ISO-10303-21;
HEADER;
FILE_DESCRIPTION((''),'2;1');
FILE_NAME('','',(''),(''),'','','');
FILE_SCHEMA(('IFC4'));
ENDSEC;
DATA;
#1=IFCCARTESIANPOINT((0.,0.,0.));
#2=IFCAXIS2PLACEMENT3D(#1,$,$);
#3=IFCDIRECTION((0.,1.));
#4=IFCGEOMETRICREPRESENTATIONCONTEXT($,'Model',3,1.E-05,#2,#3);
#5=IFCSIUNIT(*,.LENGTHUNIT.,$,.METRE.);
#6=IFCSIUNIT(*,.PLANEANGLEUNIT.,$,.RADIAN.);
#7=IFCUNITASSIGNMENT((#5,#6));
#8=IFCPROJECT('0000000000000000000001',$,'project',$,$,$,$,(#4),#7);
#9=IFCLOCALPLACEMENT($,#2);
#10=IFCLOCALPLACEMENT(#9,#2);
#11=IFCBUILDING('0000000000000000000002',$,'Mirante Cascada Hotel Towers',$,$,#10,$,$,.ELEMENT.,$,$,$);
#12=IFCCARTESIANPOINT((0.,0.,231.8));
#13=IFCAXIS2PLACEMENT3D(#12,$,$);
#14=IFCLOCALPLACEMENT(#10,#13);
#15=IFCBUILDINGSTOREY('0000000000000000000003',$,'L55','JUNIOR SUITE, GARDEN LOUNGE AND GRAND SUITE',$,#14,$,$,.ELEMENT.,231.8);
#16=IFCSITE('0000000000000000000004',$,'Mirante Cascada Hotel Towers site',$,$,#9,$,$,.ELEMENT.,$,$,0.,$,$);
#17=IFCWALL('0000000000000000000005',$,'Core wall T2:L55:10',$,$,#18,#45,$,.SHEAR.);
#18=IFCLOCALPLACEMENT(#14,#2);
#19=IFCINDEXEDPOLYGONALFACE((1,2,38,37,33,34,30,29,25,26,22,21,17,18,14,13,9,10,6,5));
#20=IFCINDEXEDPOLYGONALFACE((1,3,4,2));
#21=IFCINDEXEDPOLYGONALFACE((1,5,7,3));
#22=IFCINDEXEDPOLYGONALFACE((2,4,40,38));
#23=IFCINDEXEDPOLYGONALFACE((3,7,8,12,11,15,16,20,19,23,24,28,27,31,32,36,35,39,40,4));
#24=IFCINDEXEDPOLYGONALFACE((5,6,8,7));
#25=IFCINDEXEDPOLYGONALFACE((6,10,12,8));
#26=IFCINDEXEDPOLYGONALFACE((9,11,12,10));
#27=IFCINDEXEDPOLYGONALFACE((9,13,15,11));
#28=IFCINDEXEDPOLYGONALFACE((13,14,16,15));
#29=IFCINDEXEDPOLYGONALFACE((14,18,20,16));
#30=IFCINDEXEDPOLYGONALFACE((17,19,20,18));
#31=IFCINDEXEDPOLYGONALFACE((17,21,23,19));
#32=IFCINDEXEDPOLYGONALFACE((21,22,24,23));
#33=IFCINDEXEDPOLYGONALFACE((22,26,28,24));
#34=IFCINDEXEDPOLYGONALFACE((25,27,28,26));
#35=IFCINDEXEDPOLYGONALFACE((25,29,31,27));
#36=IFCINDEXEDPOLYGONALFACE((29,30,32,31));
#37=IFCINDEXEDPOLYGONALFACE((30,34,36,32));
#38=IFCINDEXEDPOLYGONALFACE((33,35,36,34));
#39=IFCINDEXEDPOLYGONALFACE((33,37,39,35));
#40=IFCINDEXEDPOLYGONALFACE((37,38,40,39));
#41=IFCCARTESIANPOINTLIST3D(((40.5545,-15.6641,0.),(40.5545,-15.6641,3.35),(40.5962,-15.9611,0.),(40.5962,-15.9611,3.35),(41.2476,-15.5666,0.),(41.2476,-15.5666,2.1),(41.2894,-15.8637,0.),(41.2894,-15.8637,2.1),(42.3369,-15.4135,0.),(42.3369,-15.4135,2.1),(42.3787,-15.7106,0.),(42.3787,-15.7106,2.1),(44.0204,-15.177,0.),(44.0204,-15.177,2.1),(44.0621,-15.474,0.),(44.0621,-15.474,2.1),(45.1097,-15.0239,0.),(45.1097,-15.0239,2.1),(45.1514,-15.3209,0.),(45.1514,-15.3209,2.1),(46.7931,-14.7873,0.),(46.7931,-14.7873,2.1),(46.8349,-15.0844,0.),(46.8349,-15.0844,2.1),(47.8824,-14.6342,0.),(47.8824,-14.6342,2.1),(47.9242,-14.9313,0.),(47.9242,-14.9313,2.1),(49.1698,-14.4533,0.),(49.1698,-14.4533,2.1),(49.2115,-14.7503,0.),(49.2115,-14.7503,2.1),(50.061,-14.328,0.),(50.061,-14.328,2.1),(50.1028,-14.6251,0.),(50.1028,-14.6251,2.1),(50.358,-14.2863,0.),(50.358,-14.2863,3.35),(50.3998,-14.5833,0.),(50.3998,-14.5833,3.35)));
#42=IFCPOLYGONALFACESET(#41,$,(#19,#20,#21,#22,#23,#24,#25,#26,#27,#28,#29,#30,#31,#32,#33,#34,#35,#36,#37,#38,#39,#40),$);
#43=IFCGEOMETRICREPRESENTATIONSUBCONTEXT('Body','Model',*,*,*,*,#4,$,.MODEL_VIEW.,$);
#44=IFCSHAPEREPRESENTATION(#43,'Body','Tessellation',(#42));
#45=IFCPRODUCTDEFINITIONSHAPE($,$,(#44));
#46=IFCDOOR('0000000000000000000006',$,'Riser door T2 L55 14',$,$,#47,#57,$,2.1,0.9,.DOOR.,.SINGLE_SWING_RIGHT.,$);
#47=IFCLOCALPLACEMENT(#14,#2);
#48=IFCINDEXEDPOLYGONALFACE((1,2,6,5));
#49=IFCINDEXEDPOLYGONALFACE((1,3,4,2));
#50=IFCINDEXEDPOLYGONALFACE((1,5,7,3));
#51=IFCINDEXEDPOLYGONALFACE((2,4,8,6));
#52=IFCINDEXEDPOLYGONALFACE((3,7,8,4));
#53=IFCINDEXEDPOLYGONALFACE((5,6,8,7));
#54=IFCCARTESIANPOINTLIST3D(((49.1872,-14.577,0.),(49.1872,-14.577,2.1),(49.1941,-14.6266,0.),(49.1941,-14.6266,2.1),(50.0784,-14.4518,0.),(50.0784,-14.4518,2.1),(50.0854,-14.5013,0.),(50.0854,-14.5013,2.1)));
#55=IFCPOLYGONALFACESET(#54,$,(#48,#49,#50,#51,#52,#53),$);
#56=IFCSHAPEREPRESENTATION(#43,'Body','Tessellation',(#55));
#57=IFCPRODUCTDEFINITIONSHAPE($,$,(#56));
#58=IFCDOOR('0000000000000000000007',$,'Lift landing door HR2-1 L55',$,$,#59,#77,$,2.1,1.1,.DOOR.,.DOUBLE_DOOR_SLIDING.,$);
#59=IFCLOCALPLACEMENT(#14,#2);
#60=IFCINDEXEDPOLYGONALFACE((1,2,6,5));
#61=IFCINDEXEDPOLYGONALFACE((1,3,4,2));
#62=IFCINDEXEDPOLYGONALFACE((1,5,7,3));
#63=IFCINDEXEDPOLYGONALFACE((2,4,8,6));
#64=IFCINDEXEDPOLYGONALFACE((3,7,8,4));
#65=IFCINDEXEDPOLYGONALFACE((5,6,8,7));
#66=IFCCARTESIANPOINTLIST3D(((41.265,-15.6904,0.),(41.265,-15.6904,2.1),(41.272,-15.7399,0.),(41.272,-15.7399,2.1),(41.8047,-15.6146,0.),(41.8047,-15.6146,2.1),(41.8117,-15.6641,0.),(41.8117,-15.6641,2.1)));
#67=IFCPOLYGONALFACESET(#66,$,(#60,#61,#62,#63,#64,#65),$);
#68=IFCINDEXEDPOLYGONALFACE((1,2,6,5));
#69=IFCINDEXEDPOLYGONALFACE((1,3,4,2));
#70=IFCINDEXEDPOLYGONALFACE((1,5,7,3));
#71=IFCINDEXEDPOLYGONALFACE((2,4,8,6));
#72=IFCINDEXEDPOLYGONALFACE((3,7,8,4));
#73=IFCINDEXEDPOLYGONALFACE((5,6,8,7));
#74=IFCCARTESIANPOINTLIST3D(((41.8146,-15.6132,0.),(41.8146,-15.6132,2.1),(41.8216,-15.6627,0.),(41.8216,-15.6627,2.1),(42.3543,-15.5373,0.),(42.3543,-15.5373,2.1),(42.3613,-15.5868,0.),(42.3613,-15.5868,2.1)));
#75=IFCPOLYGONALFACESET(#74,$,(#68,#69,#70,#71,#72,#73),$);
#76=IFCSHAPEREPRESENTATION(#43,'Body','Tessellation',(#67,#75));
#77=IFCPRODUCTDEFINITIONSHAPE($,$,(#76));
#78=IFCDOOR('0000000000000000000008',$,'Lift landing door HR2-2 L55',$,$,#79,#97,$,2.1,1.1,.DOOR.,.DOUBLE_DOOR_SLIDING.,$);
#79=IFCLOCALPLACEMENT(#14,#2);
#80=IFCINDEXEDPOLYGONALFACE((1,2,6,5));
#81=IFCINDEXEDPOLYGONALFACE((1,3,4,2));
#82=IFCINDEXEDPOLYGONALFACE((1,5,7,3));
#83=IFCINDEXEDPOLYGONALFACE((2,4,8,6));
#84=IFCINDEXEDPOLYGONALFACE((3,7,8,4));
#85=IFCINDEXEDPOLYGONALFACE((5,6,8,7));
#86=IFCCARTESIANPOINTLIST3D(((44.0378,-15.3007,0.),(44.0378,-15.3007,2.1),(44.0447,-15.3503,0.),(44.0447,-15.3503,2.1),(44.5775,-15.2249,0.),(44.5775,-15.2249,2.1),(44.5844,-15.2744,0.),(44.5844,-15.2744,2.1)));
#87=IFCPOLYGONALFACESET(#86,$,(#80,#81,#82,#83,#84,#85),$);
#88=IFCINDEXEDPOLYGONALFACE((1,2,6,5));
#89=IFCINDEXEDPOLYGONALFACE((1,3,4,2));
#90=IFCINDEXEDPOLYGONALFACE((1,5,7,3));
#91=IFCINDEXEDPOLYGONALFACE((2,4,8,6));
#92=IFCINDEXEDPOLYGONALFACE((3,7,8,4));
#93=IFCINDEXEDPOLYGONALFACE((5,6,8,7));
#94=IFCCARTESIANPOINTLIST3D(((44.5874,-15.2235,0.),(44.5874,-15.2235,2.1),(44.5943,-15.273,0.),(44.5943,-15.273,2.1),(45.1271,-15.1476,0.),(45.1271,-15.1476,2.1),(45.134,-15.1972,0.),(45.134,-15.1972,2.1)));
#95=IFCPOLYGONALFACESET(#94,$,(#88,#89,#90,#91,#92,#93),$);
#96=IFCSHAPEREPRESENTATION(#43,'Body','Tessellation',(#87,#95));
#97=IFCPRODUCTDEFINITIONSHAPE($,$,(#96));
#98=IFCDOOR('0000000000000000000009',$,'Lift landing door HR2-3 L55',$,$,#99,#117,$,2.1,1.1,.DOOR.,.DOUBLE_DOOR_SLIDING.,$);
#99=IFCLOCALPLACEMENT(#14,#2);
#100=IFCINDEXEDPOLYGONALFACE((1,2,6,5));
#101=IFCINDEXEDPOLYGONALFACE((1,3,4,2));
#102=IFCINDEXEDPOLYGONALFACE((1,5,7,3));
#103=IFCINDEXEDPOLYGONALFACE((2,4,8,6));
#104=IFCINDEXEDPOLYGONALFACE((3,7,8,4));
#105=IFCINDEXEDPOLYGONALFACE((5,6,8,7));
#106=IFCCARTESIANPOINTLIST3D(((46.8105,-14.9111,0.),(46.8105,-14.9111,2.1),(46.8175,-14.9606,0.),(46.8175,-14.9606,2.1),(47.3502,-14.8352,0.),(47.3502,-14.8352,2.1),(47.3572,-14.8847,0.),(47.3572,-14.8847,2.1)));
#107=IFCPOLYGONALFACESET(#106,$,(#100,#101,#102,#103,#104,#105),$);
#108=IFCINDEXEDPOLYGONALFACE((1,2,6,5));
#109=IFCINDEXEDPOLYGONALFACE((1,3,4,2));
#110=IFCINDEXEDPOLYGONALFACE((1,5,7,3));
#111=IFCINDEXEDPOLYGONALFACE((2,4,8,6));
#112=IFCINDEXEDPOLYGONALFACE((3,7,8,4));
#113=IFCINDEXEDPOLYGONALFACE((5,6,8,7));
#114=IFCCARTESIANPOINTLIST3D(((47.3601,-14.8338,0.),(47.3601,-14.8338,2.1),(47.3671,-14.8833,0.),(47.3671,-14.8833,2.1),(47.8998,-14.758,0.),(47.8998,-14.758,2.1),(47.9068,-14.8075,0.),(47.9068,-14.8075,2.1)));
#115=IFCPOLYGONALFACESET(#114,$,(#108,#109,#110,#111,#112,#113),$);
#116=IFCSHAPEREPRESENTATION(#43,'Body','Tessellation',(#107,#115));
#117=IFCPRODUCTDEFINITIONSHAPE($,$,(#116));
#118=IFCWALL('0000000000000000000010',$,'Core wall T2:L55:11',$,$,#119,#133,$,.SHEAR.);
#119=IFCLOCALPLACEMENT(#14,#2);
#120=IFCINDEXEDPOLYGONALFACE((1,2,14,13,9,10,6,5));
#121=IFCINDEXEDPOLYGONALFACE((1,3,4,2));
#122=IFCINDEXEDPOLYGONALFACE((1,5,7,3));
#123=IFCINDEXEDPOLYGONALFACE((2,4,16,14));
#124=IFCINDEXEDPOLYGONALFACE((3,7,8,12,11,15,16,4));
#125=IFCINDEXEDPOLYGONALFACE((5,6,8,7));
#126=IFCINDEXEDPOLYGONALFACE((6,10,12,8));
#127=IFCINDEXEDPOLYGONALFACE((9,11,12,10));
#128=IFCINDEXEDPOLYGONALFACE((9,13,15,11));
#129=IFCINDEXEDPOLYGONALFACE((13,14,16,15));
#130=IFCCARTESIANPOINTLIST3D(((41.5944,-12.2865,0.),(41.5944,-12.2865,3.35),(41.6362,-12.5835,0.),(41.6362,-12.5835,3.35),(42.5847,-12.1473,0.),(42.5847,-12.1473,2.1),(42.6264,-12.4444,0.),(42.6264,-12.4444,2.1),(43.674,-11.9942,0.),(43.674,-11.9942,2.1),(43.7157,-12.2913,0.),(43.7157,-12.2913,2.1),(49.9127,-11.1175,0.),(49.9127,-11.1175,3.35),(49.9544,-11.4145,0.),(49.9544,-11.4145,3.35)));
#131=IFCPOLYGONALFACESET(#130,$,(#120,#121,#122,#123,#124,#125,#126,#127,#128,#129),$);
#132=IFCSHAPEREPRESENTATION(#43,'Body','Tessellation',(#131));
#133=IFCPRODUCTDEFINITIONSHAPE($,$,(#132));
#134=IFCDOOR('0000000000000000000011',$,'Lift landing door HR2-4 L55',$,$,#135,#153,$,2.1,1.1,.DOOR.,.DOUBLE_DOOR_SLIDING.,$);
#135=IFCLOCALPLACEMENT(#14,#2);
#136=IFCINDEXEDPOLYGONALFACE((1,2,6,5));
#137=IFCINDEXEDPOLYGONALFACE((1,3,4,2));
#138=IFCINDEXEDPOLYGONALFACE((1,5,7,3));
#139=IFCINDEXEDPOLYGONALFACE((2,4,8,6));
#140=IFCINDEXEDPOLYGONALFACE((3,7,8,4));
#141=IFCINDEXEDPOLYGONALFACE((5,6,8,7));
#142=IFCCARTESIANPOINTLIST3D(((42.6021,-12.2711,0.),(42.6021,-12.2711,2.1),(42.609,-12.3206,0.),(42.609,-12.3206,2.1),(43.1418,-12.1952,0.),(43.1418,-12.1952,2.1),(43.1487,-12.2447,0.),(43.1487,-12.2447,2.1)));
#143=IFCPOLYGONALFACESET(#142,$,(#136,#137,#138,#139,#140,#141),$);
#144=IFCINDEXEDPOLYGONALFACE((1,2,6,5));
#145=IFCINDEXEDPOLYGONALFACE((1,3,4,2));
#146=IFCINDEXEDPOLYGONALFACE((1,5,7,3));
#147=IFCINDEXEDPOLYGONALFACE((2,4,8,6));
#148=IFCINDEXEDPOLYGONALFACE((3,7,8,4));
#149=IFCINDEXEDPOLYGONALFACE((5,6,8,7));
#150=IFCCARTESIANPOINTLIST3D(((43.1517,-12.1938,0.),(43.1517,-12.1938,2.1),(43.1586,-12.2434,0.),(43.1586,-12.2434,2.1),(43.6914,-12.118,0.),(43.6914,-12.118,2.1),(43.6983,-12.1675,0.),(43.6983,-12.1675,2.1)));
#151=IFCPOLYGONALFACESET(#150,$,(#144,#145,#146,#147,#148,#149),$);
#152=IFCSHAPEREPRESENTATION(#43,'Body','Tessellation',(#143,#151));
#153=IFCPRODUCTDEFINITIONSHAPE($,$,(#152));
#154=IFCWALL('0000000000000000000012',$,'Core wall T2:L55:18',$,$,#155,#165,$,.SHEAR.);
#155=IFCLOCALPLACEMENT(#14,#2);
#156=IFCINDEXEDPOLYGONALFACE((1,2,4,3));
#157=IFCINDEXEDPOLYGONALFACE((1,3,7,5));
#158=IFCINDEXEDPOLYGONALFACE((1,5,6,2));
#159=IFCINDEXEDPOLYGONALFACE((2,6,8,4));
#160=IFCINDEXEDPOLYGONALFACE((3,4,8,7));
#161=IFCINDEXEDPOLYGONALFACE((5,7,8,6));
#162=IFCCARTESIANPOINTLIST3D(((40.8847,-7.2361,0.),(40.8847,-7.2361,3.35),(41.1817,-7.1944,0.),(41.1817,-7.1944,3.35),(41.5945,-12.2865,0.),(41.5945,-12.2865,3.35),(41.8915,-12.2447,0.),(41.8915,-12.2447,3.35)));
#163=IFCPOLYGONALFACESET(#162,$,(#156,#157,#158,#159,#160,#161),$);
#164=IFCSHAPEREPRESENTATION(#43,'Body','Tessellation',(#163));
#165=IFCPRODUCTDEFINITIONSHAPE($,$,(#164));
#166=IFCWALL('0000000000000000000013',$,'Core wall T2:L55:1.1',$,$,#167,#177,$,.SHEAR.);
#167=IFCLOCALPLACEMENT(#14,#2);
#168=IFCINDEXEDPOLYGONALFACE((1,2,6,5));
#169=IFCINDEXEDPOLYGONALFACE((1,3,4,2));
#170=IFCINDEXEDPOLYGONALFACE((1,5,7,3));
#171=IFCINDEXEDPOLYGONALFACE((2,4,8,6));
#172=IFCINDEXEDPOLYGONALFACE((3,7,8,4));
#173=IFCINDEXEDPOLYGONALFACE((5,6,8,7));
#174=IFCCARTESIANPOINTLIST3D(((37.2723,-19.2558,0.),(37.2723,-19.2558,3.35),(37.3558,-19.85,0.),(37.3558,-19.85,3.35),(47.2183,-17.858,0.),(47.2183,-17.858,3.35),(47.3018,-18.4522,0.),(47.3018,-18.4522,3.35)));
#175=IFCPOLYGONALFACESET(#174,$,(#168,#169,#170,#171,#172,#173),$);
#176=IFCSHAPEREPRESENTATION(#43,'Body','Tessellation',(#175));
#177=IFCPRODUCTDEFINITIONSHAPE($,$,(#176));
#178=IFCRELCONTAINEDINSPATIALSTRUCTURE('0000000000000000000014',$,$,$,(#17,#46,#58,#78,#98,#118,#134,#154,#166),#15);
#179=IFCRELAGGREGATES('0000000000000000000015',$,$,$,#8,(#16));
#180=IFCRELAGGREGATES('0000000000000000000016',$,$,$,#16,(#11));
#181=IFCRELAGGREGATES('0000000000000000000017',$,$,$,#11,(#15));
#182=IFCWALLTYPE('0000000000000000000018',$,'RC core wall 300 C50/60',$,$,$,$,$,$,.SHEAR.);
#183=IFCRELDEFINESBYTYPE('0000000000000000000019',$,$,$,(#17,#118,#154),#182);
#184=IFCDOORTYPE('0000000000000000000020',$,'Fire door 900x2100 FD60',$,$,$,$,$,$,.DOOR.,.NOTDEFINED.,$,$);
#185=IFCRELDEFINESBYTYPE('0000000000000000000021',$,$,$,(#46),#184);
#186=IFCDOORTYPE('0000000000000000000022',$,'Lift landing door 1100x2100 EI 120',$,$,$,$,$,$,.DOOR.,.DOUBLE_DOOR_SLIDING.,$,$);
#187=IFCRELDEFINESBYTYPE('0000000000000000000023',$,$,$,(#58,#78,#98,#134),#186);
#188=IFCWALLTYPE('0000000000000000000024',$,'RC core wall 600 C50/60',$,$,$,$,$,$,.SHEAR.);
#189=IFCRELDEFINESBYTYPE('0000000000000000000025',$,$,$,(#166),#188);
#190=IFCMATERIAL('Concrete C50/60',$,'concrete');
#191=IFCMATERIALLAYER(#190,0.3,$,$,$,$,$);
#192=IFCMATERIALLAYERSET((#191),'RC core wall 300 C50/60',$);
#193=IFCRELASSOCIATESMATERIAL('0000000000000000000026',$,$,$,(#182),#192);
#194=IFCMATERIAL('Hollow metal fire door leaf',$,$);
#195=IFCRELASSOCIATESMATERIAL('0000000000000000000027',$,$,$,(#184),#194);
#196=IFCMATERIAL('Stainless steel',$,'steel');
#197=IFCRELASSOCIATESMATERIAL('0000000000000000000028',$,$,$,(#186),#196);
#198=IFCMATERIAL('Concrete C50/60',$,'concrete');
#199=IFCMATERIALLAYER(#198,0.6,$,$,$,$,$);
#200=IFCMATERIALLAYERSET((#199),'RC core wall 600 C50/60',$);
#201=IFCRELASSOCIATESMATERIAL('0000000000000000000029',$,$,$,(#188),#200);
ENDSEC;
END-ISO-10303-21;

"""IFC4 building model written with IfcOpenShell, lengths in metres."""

from ifc_helpers import new_model, si_unit, direction, frame, frame_2d, origin, place, context, subcontext, project, spatial, rectangle, extrude, material, layer, layer_set, type_object, element, fill, save


model = new_model("IFC4")

# Units and contexts
model_context = context("Model", 3, precision=1e-05, world=origin(), true_north=direction((0.0, 1.0)))
body_context = subcontext(model_context, "Body", "Model", "MODEL_VIEW")
ifc_project = project(units=[si_unit("LENGTHUNIT", "METRE"), si_unit("PLANEANGLEUNIT", "RADIAN")], contexts=[model_context])

# Site, building, storey
site_placement = place(None, origin())
site = spatial("IfcSite", under=ifc_project, at=site_placement, Name="Mirante Cascada Hotel Towers site", CompositionType="ELEMENT", RefElevation=0.0)
building_placement = place(site_placement, origin())
building = spatial("IfcBuilding", under=site, at=building_placement, Name="Mirante Cascada Hotel Towers", CompositionType="ELEMENT")
storey_placement = place(building_placement, frame((0.0, 0.0, 231.8)))
storey = spatial("IfcBuildingStorey", under=building, at=storey_placement, Name="L55", Description="JUNIOR SUITE, GARDEN LOUNGE AND GRAND SUITE", CompositionType="ELEMENT", Elevation=231.8)

# Shared definitions
ifc_material_1 = material(Name="Concrete C50/60", Category="concrete")
ifc_layer_1 = layer(ifc_material_1, 0.3)
ifc_layer_set_1 = layer_set([ifc_layer_1], Name="RC core wall 300 C50/60")
wall_type_1 = type_object("IfcWallType", Name="RC core wall 300 C50/60", PredefinedType="SHEAR", material=ifc_layer_set_1)

# Wall, openings, doors
wall_1_placement = place(storey_placement, frame((40.5753, -15.8126, 0.0), z_axis=(0.0, 0.0, 1.0), x_axis=(0.990268, 0.139173, 0.0)))
wall_1 = element("IfcWall", 1, at=wall_1_placement, inside=storey, type_object=wall_type_1, Name="Core wall T2:L55:10", PredefinedType="SHEAR", context=body_context, shape_type="SweptSolid", body=[
    extrude(rectangle(XDim=9.8999, YDim=0.3, at=frame_2d((4.95, 0.0))), origin(), (0.0, 0.0, 1.0), 3.35),
])
opening_1_placement = place(wall_1_placement, frame((0.7, 0.0, 0.0)))
opening_1 = element("IfcOpeningElement", 2, at=opening_1_placement, cuts=wall_1, PredefinedType="OPENING", context=body_context, shape_type="SweptSolid", body=[
    extrude(rectangle(XDim=1.1, YDim=2.1, at=frame_2d((0.55, 1.05))), frame((0.0, 0.15, 0.0), z_axis=(0.0, -1.0, 0.0), x_axis=(1.0, 0.0, 0.0)), (0.0, 0.0, 1.0), 0.3),
])
opening_2_placement = place(wall_1_placement, frame((3.5, 0.0, 0.0)))
opening_2 = element("IfcOpeningElement", 3, at=opening_2_placement, cuts=wall_1, PredefinedType="OPENING", context=body_context, shape_type="SweptSolid", body=[
    extrude(rectangle(XDim=1.1, YDim=2.1, at=frame_2d((0.55, 1.05))), frame((0.0, 0.15, 0.0), z_axis=(0.0, -1.0, 0.0), x_axis=(1.0, 0.0, 0.0)), (0.0, 0.0, 1.0), 0.3),
])
opening_3_placement = place(wall_1_placement, frame((6.3, 0.0, 0.0)))
opening_3 = element("IfcOpeningElement", 4, at=opening_3_placement, cuts=wall_1, PredefinedType="OPENING", context=body_context, shape_type="SweptSolid", body=[
    extrude(rectangle(XDim=1.1, YDim=2.1, at=frame_2d((0.55, 1.05))), frame((0.0, 0.15, 0.0), z_axis=(0.0, -1.0, 0.0), x_axis=(1.0, 0.0, 0.0)), (0.0, 0.0, 1.0), 0.3),
])
opening_4_placement = place(wall_1_placement, frame((8.7, 0.0, 0.0)))
opening_4 = element("IfcOpeningElement", 5, at=opening_4_placement, cuts=wall_1, PredefinedType="OPENING", context=body_context, shape_type="SweptSolid", body=[
    extrude(rectangle(XDim=0.9, YDim=2.1, at=frame_2d((0.45, 1.05))), frame((0.0, 0.15, 0.0), z_axis=(0.0, -1.0, 0.0), x_axis=(1.0, 0.0, 0.0)), (0.0, 0.0, 1.0), 0.3),
])
ifc_material_2 = material(Name="Hollow metal fire door leaf")
door_type_1 = type_object("IfcDoorType", Name="Fire door 900x2100 FD60", OperationType="NOTDEFINED", PredefinedType="DOOR", material=ifc_material_2)
door_1_placement = place(opening_4_placement, frame((0.9, 0.0, 0.0), z_axis=(0.0, 0.0, 1.0), x_axis=(-1.0, 0.0, 0.0)))
door_1 = element("IfcDoor", 6, at=door_1_placement, inside=storey, type_object=door_type_1, Name="Riser door T2 L55 14", OperationType="SINGLE_SWING_RIGHT", OverallHeight=2.1, OverallWidth=0.9, PredefinedType="DOOR", context=body_context, shape_type="SweptSolid", body=[
    extrude(rectangle(XDim=0.9, YDim=2.1, at=frame_2d((0.45, 1.05))), frame((0.0, 0.025, 0.0), z_axis=(0.0, -1.0, 0.0), x_axis=(1.0, 0.0, 0.0)), (0.0, 0.0, 1.0), 0.05),
])
fill(opening_4, door_1)
ifc_material_3 = material(Name="Stainless steel", Category="steel")
door_type_2 = type_object("IfcDoorType", Name="Lift landing door 1100x2100 EI 120", OperationType="DOUBLE_DOOR_SLIDING", PredefinedType="DOOR", material=ifc_material_3)
door_2_placement = place(opening_1_placement, origin())
door_2 = element("IfcDoor", 7, at=door_2_placement, inside=storey, type_object=door_type_2, Name="Lift landing door HR2-1 L55", OperationType="DOUBLE_DOOR_SLIDING", OverallHeight=2.1, OverallWidth=1.1, PredefinedType="DOOR", context=body_context, shape_type="SweptSolid", body=[
    extrude(rectangle(XDim=0.545, YDim=2.1, at=frame_2d((0.2725, 1.05))), frame((0.0, 0.025, 0.0), z_axis=(0.0, -1.0, 0.0), x_axis=(1.0, 0.0, 0.0)), (0.0, 0.0, 1.0), 0.05),
    extrude(rectangle(XDim=0.545, YDim=2.1, at=frame_2d((0.8275, 1.05))), frame((0.0, 0.025, 0.0), z_axis=(0.0, -1.0, 0.0), x_axis=(1.0, 0.0, 0.0)), (0.0, 0.0, 1.0), 0.05),
])
fill(opening_1, door_2)
door_3_placement = place(opening_2_placement, origin())
door_3 = element("IfcDoor", 8, at=door_3_placement, inside=storey, type_object=door_type_2, Name="Lift landing door HR2-2 L55", OperationType="DOUBLE_DOOR_SLIDING", OverallHeight=2.1, OverallWidth=1.1, PredefinedType="DOOR", context=body_context, shape_type="SweptSolid", body=[
    extrude(rectangle(XDim=0.545, YDim=2.1, at=frame_2d((0.2725, 1.05))), frame((0.0, 0.025, 0.0), z_axis=(0.0, -1.0, 0.0), x_axis=(1.0, 0.0, 0.0)), (0.0, 0.0, 1.0), 0.05),
    extrude(rectangle(XDim=0.545, YDim=2.1, at=frame_2d((0.8275, 1.05))), frame((0.0, 0.025, 0.0), z_axis=(0.0, -1.0, 0.0), x_axis=(1.0, 0.0, 0.0)), (0.0, 0.0, 1.0), 0.05),
])
fill(opening_2, door_3)
door_4_placement = place(opening_3_placement, origin())
door_4 = element("IfcDoor", 9, at=door_4_placement, inside=storey, type_object=door_type_2, Name="Lift landing door HR2-3 L55", OperationType="DOUBLE_DOOR_SLIDING", OverallHeight=2.1, OverallWidth=1.1, PredefinedType="DOOR", context=body_context, shape_type="SweptSolid", body=[
    extrude(rectangle(XDim=0.545, YDim=2.1, at=frame_2d((0.2725, 1.05))), frame((0.0, 0.025, 0.0), z_axis=(0.0, -1.0, 0.0), x_axis=(1.0, 0.0, 0.0)), (0.0, 0.0, 1.0), 0.05),
    extrude(rectangle(XDim=0.545, YDim=2.1, at=frame_2d((0.8275, 1.05))), frame((0.0, 0.025, 0.0), z_axis=(0.0, -1.0, 0.0), x_axis=(1.0, 0.0, 0.0)), (0.0, 0.0, 1.0), 0.05),
])
fill(opening_3, door_4)

# Wall, opening, door
wall_2_placement = place(storey_placement, frame((41.6153, -12.435, 0.0), z_axis=(0.0, 0.0, 1.0), x_axis=(0.990269, 0.139166, 0.0)))
wall_2 = element("IfcWall", 10, at=wall_2_placement, inside=storey, type_object=wall_type_1, Name="Core wall T2:L55:11", PredefinedType="SHEAR", context=body_context, shape_type="SweptSolid", body=[
    extrude(rectangle(XDim=8.4, YDim=0.3, at=frame_2d((4.2, 0.0))), origin(), (0.0, 0.0, 1.0), 3.35),
])
opening_5_placement = place(wall_2_placement, frame((1.0, 0.0, 0.0)))
opening_5 = element("IfcOpeningElement", 11, at=opening_5_placement, cuts=wall_2, PredefinedType="OPENING", context=body_context, shape_type="SweptSolid", body=[
    extrude(rectangle(XDim=1.1, YDim=2.1, at=frame_2d((0.55, 1.05))), frame((0.0, 0.15, 0.0), z_axis=(0.0, -1.0, 0.0), x_axis=(1.0, 0.0, 0.0)), (0.0, 0.0, 1.0), 0.3),
])
door_5_placement = place(opening_5_placement, origin())
door_5 = element("IfcDoor", 12, at=door_5_placement, inside=storey, type_object=door_type_2, Name="Lift landing door HR2-4 L55", OperationType="DOUBLE_DOOR_SLIDING", OverallHeight=2.1, OverallWidth=1.1, PredefinedType="DOOR", context=body_context, shape_type="SweptSolid", body=[
    extrude(rectangle(XDim=0.545, YDim=2.1, at=frame_2d((0.2725, 1.05))), frame((0.0, 0.025, 0.0), z_axis=(0.0, -1.0, 0.0), x_axis=(1.0, 0.0, 0.0)), (0.0, 0.0, 1.0), 0.05),
    extrude(rectangle(XDim=0.545, YDim=2.1, at=frame_2d((0.8275, 1.05))), frame((0.0, 0.025, 0.0), z_axis=(0.0, -1.0, 0.0), x_axis=(1.0, 0.0, 0.0)), (0.0, 0.0, 1.0), 0.05),
])
fill(opening_5, door_5)

# Walls
wall_3_placement = place(storey_placement, frame((41.743, -12.2656, 0.0), z_axis=(0.0, 0.0, 1.0), x_axis=(-0.139176, 0.990268, 0.0)))
element("IfcWall", 13, at=wall_3_placement, inside=storey, type_object=wall_type_1, Name="Core wall T2:L55:18", PredefinedType="SHEAR", context=body_context, shape_type="SweptSolid", body=[
    extrude(rectangle(XDim=5.1, YDim=0.3, at=frame_2d((2.55, 0.0))), origin(), (0.0, 0.0, 1.0), 3.35),
])
ifc_material_4 = material(Name="Concrete C50/60", Category="concrete")
ifc_layer_2 = layer(ifc_material_4, 0.6)
ifc_layer_set_2 = layer_set([ifc_layer_2], Name="RC core wall 600 C50/60")
wall_type_2 = type_object("IfcWallType", Name="RC core wall 600 C50/60", PredefinedType="SHEAR", material=ifc_layer_set_2)
wall_4_placement = place(storey_placement, frame((37.3141, -19.5529, 0.0), z_axis=(0.0, 0.0, 1.0), x_axis=(0.990268, 0.139171, 0.0)))
element("IfcWall", 14, at=wall_4_placement, inside=storey, type_object=wall_type_2, Name="Core wall T2:L55:1.1", PredefinedType="SHEAR", context=body_context, shape_type="SweptSolid", body=[
    extrude(rectangle(XDim=10.0437, YDim=0.6, at=frame_2d((5.0218, 0.0))), origin(), (0.0, 0.0, 1.0), 3.35),
])

save(model, "model.ifc")
